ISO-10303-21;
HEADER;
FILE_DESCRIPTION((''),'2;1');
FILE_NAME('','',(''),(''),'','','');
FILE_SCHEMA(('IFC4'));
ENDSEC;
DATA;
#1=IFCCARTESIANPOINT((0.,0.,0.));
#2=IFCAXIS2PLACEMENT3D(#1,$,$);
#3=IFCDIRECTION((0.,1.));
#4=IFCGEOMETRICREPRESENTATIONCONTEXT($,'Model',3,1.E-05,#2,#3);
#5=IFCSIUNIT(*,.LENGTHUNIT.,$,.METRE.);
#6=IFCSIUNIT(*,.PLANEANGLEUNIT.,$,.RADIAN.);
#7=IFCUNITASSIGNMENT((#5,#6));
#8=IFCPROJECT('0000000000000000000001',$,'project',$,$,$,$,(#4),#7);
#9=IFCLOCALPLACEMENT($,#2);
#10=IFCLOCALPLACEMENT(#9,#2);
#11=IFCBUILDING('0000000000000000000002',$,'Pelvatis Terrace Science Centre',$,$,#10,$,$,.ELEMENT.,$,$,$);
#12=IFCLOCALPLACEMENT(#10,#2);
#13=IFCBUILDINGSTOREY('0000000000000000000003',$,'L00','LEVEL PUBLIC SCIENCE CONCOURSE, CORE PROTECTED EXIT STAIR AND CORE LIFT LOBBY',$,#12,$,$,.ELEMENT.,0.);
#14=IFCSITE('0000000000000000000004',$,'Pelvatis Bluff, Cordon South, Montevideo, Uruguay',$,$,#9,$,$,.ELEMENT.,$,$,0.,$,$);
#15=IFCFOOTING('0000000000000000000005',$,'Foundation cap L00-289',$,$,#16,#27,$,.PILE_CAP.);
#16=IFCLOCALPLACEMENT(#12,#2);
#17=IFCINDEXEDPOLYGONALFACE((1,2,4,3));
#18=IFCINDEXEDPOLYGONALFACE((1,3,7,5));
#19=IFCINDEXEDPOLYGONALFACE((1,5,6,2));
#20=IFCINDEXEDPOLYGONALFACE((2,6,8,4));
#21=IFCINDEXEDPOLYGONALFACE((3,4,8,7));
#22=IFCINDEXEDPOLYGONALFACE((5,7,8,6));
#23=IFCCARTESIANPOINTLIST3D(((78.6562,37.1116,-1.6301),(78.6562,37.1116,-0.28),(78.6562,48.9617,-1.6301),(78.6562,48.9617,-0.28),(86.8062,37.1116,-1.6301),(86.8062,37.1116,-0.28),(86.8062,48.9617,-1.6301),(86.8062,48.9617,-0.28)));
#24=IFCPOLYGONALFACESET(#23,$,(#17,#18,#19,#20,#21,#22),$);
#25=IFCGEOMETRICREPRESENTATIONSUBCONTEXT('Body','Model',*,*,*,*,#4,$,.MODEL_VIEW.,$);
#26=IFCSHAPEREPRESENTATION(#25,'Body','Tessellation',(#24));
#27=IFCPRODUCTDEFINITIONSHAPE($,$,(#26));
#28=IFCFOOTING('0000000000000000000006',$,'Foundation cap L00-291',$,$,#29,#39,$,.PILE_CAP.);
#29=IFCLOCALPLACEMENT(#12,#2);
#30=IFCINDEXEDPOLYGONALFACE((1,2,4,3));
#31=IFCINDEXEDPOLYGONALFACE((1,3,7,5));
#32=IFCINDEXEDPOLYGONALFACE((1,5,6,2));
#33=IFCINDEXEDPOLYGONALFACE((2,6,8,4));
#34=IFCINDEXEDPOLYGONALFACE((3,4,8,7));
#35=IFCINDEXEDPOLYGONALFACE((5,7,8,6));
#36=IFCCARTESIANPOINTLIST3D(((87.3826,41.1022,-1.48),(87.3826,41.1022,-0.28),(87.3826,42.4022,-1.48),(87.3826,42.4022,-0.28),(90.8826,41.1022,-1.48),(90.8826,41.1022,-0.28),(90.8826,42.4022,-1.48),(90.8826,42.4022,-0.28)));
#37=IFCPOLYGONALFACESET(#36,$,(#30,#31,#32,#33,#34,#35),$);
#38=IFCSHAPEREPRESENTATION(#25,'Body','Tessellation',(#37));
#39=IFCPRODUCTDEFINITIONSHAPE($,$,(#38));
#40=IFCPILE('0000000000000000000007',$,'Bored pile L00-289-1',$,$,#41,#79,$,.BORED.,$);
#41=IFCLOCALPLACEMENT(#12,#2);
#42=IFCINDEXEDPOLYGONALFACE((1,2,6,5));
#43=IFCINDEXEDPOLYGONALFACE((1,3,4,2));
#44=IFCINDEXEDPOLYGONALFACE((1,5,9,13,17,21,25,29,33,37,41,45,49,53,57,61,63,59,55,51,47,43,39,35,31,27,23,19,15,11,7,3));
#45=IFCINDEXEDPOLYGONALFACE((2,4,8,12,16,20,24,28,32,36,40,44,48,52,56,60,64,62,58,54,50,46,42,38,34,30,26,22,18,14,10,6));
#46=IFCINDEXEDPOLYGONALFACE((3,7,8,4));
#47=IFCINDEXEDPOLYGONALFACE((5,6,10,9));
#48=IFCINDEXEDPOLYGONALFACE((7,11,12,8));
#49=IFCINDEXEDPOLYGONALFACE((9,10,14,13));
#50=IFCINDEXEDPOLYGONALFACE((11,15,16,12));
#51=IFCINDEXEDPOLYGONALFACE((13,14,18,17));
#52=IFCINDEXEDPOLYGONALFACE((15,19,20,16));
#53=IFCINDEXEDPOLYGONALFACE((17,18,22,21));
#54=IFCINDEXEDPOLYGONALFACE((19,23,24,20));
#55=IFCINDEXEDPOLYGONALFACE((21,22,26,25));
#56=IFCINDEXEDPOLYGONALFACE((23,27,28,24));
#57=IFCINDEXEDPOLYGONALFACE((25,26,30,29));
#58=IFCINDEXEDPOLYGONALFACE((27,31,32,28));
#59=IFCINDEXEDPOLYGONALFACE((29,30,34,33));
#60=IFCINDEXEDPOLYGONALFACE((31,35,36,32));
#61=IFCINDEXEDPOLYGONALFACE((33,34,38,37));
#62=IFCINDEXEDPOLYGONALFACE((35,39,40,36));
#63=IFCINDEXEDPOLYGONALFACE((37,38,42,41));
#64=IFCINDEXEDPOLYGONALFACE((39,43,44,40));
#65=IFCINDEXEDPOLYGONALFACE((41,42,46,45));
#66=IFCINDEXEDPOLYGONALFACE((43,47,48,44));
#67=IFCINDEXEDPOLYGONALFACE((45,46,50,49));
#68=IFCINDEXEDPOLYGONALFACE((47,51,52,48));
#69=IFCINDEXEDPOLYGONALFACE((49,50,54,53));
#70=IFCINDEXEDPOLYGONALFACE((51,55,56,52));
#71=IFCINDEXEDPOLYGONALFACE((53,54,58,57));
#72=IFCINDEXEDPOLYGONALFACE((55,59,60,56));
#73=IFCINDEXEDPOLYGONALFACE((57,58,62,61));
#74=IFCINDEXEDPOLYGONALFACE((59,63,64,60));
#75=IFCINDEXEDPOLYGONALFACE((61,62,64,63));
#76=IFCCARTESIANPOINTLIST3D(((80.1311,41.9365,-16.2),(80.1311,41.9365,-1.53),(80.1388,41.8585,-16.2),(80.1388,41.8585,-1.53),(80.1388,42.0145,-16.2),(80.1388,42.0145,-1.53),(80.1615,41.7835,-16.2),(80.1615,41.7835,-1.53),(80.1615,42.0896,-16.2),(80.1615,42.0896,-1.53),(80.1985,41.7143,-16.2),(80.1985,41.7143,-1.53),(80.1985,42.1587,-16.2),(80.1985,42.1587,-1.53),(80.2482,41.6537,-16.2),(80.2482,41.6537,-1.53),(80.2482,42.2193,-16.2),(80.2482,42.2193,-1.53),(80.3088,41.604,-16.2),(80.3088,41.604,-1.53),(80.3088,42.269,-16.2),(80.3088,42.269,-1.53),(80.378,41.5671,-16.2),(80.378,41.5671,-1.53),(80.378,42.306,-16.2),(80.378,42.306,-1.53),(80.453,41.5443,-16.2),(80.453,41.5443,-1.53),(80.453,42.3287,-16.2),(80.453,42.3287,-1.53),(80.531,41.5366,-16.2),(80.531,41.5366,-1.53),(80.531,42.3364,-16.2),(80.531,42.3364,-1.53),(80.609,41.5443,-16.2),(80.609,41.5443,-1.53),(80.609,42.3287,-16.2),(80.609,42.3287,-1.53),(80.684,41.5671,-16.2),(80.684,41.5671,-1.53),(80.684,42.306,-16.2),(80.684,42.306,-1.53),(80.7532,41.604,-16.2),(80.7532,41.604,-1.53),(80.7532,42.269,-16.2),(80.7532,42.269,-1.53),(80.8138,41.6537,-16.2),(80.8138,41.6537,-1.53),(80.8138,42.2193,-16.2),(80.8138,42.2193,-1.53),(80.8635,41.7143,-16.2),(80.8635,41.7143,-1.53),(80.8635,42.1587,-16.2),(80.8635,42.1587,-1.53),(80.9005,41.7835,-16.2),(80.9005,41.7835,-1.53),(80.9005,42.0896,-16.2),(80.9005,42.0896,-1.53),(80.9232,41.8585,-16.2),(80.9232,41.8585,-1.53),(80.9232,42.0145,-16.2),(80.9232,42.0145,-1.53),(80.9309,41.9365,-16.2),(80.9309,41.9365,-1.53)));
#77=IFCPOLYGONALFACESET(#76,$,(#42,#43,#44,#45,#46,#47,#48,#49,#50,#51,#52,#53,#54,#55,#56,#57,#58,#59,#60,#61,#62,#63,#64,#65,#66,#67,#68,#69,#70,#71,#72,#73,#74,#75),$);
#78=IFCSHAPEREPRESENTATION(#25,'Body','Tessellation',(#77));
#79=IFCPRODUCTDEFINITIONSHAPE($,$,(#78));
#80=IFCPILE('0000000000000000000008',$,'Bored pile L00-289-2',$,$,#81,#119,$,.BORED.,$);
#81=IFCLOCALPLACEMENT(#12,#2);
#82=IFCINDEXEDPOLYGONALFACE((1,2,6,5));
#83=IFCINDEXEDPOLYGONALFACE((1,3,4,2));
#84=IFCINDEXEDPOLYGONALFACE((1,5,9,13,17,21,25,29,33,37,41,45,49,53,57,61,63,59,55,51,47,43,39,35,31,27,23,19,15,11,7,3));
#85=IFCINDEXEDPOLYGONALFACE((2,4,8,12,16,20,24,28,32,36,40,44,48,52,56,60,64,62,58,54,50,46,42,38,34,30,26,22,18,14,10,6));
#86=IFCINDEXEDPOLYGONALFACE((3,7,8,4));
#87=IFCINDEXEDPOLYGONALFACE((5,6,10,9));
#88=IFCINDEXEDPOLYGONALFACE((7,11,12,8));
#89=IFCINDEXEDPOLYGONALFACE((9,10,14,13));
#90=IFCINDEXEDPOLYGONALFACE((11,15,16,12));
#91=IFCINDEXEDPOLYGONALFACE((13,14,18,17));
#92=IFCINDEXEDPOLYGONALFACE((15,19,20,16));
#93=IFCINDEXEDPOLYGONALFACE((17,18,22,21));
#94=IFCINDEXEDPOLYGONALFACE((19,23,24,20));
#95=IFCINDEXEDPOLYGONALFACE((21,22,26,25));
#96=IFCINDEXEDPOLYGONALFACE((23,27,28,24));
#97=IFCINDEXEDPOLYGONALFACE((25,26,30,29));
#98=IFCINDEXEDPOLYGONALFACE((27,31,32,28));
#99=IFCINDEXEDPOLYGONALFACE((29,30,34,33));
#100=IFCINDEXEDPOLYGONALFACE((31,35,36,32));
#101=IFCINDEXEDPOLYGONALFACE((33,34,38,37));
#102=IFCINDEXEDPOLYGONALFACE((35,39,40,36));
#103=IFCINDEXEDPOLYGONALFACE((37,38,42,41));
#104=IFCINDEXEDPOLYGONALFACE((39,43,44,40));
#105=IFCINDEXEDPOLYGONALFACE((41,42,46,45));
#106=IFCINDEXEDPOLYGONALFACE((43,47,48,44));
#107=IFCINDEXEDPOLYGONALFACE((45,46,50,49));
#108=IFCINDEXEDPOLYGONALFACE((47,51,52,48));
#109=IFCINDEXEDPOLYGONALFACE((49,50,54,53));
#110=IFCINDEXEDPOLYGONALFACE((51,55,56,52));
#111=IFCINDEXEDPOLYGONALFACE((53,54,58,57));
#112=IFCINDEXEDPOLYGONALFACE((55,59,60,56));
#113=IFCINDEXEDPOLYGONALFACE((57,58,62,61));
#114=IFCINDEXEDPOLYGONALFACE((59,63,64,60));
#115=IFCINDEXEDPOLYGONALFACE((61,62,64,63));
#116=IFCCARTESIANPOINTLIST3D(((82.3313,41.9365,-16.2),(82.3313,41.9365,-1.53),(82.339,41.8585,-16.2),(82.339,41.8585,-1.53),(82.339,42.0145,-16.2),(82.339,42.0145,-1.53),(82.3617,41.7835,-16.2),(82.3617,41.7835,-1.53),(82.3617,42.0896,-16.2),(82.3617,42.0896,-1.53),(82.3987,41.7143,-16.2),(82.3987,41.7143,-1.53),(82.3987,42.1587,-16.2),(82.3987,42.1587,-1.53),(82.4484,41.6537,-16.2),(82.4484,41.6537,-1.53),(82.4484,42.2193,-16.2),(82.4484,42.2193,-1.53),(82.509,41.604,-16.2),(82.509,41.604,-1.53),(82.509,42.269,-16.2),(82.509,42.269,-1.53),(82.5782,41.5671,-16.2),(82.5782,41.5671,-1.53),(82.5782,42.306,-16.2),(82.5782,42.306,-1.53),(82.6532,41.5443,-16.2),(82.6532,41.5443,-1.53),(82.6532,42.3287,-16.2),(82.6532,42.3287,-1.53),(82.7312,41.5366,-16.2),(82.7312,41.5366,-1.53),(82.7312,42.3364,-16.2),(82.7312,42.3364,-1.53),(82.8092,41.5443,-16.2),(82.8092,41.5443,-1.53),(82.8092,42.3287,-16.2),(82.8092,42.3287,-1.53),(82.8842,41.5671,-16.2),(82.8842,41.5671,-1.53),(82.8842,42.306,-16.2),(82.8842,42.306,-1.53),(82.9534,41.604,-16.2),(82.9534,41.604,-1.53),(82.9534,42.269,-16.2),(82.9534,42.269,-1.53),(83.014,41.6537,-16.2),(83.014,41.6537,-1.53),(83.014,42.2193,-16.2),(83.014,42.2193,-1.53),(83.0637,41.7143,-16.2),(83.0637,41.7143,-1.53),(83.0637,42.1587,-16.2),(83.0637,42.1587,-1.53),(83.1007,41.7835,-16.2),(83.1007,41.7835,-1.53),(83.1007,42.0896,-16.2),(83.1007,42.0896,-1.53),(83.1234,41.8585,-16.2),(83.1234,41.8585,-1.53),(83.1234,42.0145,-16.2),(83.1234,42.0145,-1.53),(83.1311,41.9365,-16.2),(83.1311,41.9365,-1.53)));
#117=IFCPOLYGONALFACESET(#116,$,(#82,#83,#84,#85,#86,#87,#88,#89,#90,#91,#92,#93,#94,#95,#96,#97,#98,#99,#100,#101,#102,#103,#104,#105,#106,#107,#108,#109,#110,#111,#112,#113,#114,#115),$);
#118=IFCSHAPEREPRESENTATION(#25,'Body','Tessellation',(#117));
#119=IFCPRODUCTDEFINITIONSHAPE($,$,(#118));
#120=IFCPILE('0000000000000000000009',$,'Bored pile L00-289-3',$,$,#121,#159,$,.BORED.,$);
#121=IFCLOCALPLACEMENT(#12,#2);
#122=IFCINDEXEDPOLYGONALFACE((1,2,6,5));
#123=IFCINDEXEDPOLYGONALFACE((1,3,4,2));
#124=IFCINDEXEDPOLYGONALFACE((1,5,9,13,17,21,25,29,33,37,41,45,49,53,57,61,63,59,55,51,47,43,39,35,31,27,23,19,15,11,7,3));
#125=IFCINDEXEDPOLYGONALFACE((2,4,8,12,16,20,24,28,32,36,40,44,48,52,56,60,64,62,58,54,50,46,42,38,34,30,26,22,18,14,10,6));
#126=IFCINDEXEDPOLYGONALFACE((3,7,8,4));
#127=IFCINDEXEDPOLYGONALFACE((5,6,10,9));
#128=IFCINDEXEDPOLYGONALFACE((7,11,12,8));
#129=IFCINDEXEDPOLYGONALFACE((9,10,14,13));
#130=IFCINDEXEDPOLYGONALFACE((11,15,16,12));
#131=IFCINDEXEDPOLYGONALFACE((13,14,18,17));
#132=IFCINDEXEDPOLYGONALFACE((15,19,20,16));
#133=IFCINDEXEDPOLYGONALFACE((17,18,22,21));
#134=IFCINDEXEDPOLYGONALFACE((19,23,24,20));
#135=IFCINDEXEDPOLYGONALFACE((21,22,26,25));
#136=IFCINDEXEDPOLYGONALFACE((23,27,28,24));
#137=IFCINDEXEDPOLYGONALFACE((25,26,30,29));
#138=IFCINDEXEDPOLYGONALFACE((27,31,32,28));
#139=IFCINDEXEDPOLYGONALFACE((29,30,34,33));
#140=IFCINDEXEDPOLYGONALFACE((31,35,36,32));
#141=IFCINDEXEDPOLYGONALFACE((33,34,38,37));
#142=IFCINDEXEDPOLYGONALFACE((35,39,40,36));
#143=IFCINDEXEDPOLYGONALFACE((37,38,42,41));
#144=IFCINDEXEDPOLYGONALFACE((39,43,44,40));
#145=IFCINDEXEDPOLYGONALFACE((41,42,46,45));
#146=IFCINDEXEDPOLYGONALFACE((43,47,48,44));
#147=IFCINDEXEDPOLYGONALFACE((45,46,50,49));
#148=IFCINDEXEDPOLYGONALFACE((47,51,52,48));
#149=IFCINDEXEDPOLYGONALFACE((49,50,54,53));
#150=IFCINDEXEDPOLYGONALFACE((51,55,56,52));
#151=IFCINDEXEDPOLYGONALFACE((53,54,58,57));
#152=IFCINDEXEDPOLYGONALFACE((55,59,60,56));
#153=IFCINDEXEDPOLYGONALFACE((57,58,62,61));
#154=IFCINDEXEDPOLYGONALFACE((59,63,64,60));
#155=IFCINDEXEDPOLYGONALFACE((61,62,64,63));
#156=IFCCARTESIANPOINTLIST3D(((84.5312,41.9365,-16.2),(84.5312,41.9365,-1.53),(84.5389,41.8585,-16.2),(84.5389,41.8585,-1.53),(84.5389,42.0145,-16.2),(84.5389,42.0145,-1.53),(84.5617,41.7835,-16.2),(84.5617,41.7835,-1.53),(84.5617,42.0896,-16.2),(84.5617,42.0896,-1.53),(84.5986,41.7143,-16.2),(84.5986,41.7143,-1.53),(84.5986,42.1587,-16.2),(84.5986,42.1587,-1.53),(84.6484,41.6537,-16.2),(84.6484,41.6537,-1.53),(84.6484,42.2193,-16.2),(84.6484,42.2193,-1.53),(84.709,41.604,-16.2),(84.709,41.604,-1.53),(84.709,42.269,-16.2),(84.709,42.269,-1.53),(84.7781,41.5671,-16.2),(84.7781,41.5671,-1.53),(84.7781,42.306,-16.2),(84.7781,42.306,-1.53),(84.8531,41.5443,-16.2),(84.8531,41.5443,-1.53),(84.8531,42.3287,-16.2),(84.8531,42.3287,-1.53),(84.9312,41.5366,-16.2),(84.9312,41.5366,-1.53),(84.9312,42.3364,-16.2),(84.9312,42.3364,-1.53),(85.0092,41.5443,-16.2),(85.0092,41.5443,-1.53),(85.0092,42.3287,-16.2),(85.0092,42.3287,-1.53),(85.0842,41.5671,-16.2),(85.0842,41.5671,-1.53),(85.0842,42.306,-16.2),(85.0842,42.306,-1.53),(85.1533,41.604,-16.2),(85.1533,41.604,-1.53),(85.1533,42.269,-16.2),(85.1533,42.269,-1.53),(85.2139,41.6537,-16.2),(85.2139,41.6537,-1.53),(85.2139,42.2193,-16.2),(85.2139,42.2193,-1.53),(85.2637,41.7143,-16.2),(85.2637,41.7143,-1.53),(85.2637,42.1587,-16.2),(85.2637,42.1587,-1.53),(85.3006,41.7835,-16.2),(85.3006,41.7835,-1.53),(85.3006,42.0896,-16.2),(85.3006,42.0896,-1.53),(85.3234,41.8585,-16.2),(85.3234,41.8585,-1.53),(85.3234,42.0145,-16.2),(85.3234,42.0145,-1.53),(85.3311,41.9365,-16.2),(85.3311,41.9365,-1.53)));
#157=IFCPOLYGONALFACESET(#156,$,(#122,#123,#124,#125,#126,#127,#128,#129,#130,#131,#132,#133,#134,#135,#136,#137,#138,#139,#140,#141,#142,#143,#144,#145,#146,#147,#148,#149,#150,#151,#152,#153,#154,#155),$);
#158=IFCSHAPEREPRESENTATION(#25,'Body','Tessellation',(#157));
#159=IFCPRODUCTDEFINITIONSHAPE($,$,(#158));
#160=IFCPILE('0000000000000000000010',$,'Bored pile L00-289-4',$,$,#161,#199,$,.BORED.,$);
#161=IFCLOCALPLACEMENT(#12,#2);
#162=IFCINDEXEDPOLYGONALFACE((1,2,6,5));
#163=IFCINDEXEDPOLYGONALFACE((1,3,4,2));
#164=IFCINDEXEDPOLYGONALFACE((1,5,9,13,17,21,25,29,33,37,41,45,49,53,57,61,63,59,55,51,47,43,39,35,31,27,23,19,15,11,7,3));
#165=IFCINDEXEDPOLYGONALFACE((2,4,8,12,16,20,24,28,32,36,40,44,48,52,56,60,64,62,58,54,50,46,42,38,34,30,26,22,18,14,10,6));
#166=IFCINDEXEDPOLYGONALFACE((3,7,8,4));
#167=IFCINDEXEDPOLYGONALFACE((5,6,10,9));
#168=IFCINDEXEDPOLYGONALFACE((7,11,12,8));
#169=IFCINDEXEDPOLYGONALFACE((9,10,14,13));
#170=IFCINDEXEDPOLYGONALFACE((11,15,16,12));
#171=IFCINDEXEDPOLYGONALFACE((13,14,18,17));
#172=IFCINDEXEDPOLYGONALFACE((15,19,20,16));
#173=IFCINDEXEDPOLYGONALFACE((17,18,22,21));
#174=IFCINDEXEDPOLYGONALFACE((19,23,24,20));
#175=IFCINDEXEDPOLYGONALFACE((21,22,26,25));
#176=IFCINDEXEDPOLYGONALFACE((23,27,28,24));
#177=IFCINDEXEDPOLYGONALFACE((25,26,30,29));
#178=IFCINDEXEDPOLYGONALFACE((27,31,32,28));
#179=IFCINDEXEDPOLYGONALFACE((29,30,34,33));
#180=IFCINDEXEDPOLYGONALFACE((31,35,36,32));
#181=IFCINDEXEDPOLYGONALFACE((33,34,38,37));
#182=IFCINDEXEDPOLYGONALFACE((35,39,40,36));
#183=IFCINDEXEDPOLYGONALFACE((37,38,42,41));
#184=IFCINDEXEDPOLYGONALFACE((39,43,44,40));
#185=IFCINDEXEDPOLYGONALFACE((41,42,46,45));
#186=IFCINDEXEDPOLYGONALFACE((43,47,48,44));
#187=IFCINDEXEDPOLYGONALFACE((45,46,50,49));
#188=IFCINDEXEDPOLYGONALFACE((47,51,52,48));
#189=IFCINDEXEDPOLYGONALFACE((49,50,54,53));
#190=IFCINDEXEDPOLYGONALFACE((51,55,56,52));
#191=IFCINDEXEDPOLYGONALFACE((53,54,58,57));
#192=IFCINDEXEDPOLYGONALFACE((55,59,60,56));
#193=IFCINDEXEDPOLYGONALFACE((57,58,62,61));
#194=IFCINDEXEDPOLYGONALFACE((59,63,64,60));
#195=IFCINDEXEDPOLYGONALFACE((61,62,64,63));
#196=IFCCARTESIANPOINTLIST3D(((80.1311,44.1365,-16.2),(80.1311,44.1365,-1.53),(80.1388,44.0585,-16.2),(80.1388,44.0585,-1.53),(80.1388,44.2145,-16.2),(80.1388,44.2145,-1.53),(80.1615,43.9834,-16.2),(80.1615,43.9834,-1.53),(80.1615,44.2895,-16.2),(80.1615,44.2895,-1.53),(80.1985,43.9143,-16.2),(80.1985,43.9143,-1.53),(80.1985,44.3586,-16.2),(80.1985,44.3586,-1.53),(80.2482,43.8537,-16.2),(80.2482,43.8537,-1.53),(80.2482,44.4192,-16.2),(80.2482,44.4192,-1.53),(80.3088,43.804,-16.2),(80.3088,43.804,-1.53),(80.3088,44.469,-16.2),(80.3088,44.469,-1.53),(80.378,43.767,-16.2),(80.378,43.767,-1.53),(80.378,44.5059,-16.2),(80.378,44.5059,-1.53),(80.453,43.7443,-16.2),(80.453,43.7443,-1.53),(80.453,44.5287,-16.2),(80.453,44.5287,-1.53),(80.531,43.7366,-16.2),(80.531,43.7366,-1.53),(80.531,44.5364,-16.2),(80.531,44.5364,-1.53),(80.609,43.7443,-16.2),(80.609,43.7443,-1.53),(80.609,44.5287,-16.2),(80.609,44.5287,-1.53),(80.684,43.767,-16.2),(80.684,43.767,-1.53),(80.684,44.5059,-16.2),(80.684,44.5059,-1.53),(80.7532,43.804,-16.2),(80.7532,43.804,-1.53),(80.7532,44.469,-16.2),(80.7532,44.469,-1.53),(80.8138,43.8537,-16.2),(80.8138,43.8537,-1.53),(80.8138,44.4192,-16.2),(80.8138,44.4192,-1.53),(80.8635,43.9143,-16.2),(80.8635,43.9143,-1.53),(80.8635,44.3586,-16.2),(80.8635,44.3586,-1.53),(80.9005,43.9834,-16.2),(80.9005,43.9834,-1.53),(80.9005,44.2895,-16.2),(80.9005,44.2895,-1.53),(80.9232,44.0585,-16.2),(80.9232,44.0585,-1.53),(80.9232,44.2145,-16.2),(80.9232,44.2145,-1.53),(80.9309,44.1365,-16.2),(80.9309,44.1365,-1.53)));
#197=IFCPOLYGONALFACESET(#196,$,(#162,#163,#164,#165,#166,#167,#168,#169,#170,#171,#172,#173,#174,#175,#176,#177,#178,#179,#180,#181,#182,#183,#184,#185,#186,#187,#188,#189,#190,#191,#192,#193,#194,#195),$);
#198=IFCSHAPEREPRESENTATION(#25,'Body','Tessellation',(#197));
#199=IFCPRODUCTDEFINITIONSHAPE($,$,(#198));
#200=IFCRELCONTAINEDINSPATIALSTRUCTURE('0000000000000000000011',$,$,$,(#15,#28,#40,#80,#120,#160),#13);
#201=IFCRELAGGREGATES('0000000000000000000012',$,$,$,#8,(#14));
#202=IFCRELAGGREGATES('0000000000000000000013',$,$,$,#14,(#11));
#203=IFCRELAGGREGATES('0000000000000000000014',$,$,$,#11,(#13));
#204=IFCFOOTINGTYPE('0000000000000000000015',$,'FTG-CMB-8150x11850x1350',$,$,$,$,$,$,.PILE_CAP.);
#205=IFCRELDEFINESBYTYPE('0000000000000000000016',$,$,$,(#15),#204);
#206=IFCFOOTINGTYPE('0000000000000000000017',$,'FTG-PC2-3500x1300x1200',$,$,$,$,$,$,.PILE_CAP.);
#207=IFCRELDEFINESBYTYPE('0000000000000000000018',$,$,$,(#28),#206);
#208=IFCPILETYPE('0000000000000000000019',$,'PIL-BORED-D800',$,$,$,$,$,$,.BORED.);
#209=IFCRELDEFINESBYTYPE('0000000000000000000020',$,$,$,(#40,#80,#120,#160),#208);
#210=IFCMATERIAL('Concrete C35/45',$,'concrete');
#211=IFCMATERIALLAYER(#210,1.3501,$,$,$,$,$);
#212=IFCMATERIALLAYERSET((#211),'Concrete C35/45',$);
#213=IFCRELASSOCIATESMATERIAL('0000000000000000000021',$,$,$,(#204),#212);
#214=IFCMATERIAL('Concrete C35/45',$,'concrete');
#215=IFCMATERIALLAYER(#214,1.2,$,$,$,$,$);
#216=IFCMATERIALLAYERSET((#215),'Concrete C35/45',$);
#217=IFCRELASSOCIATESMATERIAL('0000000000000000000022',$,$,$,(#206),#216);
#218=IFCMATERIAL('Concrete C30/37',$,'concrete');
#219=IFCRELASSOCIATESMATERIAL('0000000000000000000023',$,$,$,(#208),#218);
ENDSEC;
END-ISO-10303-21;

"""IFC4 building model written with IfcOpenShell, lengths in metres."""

from ifc_helpers import new_model, si_unit, direction, frame, origin, origin_2d, place, context, subcontext, project, spatial, rectangle, circle, extrude, material, layer, layer_set, material_profile, profile_set, type_object, element, save


model = new_model("IFC4")

# Units and contexts
model_context = context("Model", 3, precision=1e-05, world=origin(), true_north=direction((0.0, 1.0)))
body_context = subcontext(model_context, "Body", "Model", "MODEL_VIEW")
ifc_project = project(units=[si_unit("LENGTHUNIT", "METRE"), si_unit("PLANEANGLEUNIT", "RADIAN")], contexts=[model_context])

# Site, building, storey
site_placement = place(None, origin())
site = spatial("IfcSite", under=ifc_project, at=site_placement, Name="Pelvatis Bluff, Cordon South, Montevideo, Uruguay", CompositionType="ELEMENT", RefElevation=0.0)
building_placement = place(site_placement, origin())
building = spatial("IfcBuilding", under=site, at=building_placement, Name="Pelvatis Terrace Science Centre", CompositionType="ELEMENT")
storey_placement = place(building_placement, origin())
storey = spatial("IfcBuildingStorey", under=building, at=storey_placement, Name="L00", Description="LEVEL PUBLIC SCIENCE CONCOURSE, CORE PROTECTED EXIT STAIR AND CORE LIFT LOBBY", CompositionType="ELEMENT", Elevation=0.0)

# Footings
ifc_material_1 = material(Name="Concrete C35/45", Category="concrete")
ifc_layer_1 = layer(ifc_material_1, 1.3501)
ifc_layer_set_1 = layer_set([ifc_layer_1], Name="Concrete C35/45")
footing_type_1 = type_object("IfcFootingType", Name="FTG-CMB-8150x11850x1350", PredefinedType="PILE_CAP", material=ifc_layer_set_1)
footing_1_placement = place(storey_placement, frame((82.7312, 43.0366, -1.6301), z_axis=(0.0, 0.0, 1.0), x_axis=(1.0, 0.0, 0.0)))
element("IfcFooting", 1, at=footing_1_placement, inside=storey, type_object=footing_type_1, Name="Foundation cap L00-289", PredefinedType="PILE_CAP", context=body_context, shape_type="SweptSolid", body=[
    extrude(rectangle(XDim=8.1499, YDim=11.8501, at=origin_2d()), origin(), (0.0, 0.0, 1.0), 1.3501),
])
ifc_material_2 = material(Name="Concrete C35/45", Category="concrete")
ifc_layer_2 = layer(ifc_material_2, 1.2)
ifc_layer_set_2 = layer_set([ifc_layer_2], Name="Concrete C35/45")
footing_type_2 = type_object("IfcFootingType", Name="FTG-PC2-3500x1300x1200", PredefinedType="PILE_CAP", material=ifc_layer_set_2)
footing_2_placement = place(storey_placement, frame((89.1326, 41.7522, -1.48), z_axis=(0.0, 0.0, 1.0), x_axis=(1.0, 0.0, 0.0)))
element("IfcFooting", 2, at=footing_2_placement, inside=storey, type_object=footing_type_2, Name="Foundation cap L00-291", PredefinedType="PILE_CAP", context=body_context, shape_type="SweptSolid", body=[
    extrude(rectangle(XDim=3.5, YDim=1.3, at=origin_2d()), origin(), (0.0, 0.0, 1.0), 1.2),
])

# Piles
ifc_material_3 = material(Name="Concrete C30/37", Category="concrete")
ifc_material_profile_1 = material_profile(ifc_material_3, circle(Radius=0.3999, at=origin_2d()), Name="PILE D800")
ifc_profile_set_1 = profile_set([ifc_material_profile_1], Name="Concrete C30/37")
pile_type = type_object("IfcPileType", Name="PIL-BORED-D800", PredefinedType="BORED", material=ifc_profile_set_1)
for number, where, z_axis, x_axis, name in (
    (3, (80.531, 41.9365, -1.53), (0.0, 0.0, -1.0), (1.0, 0.0, 0.0), "Bored pile L00-289-1"),
    (4, (82.7312, 41.9365, -1.53), (0.0, 0.0, -1.0), (1.0, 0.0, 0.0), "Bored pile L00-289-2"),
    (5, (84.9312, 41.9365, -1.53), (0.0, 0.0, -1.0), (1.0, 0.0, 0.0), "Bored pile L00-289-3"),
    (6, (80.531, 44.1365, -1.53), (0.0, 0.0, -1.0), (1.0, 0.0, 0.0), "Bored pile L00-289-4"),
):
    element("IfcPile", number, at=place(storey_placement, frame(where, z_axis=z_axis, x_axis=x_axis)), inside=storey, type_object=pile_type, Name=name, PredefinedType="BORED", context=body_context, shape_type="SweptSolid", body=[
        extrude(circle(Radius=0.3999, at=origin_2d()), origin(), (0.0, 0.0, 1.0), 14.6699),
    ])

save(model, "model.ifc")
